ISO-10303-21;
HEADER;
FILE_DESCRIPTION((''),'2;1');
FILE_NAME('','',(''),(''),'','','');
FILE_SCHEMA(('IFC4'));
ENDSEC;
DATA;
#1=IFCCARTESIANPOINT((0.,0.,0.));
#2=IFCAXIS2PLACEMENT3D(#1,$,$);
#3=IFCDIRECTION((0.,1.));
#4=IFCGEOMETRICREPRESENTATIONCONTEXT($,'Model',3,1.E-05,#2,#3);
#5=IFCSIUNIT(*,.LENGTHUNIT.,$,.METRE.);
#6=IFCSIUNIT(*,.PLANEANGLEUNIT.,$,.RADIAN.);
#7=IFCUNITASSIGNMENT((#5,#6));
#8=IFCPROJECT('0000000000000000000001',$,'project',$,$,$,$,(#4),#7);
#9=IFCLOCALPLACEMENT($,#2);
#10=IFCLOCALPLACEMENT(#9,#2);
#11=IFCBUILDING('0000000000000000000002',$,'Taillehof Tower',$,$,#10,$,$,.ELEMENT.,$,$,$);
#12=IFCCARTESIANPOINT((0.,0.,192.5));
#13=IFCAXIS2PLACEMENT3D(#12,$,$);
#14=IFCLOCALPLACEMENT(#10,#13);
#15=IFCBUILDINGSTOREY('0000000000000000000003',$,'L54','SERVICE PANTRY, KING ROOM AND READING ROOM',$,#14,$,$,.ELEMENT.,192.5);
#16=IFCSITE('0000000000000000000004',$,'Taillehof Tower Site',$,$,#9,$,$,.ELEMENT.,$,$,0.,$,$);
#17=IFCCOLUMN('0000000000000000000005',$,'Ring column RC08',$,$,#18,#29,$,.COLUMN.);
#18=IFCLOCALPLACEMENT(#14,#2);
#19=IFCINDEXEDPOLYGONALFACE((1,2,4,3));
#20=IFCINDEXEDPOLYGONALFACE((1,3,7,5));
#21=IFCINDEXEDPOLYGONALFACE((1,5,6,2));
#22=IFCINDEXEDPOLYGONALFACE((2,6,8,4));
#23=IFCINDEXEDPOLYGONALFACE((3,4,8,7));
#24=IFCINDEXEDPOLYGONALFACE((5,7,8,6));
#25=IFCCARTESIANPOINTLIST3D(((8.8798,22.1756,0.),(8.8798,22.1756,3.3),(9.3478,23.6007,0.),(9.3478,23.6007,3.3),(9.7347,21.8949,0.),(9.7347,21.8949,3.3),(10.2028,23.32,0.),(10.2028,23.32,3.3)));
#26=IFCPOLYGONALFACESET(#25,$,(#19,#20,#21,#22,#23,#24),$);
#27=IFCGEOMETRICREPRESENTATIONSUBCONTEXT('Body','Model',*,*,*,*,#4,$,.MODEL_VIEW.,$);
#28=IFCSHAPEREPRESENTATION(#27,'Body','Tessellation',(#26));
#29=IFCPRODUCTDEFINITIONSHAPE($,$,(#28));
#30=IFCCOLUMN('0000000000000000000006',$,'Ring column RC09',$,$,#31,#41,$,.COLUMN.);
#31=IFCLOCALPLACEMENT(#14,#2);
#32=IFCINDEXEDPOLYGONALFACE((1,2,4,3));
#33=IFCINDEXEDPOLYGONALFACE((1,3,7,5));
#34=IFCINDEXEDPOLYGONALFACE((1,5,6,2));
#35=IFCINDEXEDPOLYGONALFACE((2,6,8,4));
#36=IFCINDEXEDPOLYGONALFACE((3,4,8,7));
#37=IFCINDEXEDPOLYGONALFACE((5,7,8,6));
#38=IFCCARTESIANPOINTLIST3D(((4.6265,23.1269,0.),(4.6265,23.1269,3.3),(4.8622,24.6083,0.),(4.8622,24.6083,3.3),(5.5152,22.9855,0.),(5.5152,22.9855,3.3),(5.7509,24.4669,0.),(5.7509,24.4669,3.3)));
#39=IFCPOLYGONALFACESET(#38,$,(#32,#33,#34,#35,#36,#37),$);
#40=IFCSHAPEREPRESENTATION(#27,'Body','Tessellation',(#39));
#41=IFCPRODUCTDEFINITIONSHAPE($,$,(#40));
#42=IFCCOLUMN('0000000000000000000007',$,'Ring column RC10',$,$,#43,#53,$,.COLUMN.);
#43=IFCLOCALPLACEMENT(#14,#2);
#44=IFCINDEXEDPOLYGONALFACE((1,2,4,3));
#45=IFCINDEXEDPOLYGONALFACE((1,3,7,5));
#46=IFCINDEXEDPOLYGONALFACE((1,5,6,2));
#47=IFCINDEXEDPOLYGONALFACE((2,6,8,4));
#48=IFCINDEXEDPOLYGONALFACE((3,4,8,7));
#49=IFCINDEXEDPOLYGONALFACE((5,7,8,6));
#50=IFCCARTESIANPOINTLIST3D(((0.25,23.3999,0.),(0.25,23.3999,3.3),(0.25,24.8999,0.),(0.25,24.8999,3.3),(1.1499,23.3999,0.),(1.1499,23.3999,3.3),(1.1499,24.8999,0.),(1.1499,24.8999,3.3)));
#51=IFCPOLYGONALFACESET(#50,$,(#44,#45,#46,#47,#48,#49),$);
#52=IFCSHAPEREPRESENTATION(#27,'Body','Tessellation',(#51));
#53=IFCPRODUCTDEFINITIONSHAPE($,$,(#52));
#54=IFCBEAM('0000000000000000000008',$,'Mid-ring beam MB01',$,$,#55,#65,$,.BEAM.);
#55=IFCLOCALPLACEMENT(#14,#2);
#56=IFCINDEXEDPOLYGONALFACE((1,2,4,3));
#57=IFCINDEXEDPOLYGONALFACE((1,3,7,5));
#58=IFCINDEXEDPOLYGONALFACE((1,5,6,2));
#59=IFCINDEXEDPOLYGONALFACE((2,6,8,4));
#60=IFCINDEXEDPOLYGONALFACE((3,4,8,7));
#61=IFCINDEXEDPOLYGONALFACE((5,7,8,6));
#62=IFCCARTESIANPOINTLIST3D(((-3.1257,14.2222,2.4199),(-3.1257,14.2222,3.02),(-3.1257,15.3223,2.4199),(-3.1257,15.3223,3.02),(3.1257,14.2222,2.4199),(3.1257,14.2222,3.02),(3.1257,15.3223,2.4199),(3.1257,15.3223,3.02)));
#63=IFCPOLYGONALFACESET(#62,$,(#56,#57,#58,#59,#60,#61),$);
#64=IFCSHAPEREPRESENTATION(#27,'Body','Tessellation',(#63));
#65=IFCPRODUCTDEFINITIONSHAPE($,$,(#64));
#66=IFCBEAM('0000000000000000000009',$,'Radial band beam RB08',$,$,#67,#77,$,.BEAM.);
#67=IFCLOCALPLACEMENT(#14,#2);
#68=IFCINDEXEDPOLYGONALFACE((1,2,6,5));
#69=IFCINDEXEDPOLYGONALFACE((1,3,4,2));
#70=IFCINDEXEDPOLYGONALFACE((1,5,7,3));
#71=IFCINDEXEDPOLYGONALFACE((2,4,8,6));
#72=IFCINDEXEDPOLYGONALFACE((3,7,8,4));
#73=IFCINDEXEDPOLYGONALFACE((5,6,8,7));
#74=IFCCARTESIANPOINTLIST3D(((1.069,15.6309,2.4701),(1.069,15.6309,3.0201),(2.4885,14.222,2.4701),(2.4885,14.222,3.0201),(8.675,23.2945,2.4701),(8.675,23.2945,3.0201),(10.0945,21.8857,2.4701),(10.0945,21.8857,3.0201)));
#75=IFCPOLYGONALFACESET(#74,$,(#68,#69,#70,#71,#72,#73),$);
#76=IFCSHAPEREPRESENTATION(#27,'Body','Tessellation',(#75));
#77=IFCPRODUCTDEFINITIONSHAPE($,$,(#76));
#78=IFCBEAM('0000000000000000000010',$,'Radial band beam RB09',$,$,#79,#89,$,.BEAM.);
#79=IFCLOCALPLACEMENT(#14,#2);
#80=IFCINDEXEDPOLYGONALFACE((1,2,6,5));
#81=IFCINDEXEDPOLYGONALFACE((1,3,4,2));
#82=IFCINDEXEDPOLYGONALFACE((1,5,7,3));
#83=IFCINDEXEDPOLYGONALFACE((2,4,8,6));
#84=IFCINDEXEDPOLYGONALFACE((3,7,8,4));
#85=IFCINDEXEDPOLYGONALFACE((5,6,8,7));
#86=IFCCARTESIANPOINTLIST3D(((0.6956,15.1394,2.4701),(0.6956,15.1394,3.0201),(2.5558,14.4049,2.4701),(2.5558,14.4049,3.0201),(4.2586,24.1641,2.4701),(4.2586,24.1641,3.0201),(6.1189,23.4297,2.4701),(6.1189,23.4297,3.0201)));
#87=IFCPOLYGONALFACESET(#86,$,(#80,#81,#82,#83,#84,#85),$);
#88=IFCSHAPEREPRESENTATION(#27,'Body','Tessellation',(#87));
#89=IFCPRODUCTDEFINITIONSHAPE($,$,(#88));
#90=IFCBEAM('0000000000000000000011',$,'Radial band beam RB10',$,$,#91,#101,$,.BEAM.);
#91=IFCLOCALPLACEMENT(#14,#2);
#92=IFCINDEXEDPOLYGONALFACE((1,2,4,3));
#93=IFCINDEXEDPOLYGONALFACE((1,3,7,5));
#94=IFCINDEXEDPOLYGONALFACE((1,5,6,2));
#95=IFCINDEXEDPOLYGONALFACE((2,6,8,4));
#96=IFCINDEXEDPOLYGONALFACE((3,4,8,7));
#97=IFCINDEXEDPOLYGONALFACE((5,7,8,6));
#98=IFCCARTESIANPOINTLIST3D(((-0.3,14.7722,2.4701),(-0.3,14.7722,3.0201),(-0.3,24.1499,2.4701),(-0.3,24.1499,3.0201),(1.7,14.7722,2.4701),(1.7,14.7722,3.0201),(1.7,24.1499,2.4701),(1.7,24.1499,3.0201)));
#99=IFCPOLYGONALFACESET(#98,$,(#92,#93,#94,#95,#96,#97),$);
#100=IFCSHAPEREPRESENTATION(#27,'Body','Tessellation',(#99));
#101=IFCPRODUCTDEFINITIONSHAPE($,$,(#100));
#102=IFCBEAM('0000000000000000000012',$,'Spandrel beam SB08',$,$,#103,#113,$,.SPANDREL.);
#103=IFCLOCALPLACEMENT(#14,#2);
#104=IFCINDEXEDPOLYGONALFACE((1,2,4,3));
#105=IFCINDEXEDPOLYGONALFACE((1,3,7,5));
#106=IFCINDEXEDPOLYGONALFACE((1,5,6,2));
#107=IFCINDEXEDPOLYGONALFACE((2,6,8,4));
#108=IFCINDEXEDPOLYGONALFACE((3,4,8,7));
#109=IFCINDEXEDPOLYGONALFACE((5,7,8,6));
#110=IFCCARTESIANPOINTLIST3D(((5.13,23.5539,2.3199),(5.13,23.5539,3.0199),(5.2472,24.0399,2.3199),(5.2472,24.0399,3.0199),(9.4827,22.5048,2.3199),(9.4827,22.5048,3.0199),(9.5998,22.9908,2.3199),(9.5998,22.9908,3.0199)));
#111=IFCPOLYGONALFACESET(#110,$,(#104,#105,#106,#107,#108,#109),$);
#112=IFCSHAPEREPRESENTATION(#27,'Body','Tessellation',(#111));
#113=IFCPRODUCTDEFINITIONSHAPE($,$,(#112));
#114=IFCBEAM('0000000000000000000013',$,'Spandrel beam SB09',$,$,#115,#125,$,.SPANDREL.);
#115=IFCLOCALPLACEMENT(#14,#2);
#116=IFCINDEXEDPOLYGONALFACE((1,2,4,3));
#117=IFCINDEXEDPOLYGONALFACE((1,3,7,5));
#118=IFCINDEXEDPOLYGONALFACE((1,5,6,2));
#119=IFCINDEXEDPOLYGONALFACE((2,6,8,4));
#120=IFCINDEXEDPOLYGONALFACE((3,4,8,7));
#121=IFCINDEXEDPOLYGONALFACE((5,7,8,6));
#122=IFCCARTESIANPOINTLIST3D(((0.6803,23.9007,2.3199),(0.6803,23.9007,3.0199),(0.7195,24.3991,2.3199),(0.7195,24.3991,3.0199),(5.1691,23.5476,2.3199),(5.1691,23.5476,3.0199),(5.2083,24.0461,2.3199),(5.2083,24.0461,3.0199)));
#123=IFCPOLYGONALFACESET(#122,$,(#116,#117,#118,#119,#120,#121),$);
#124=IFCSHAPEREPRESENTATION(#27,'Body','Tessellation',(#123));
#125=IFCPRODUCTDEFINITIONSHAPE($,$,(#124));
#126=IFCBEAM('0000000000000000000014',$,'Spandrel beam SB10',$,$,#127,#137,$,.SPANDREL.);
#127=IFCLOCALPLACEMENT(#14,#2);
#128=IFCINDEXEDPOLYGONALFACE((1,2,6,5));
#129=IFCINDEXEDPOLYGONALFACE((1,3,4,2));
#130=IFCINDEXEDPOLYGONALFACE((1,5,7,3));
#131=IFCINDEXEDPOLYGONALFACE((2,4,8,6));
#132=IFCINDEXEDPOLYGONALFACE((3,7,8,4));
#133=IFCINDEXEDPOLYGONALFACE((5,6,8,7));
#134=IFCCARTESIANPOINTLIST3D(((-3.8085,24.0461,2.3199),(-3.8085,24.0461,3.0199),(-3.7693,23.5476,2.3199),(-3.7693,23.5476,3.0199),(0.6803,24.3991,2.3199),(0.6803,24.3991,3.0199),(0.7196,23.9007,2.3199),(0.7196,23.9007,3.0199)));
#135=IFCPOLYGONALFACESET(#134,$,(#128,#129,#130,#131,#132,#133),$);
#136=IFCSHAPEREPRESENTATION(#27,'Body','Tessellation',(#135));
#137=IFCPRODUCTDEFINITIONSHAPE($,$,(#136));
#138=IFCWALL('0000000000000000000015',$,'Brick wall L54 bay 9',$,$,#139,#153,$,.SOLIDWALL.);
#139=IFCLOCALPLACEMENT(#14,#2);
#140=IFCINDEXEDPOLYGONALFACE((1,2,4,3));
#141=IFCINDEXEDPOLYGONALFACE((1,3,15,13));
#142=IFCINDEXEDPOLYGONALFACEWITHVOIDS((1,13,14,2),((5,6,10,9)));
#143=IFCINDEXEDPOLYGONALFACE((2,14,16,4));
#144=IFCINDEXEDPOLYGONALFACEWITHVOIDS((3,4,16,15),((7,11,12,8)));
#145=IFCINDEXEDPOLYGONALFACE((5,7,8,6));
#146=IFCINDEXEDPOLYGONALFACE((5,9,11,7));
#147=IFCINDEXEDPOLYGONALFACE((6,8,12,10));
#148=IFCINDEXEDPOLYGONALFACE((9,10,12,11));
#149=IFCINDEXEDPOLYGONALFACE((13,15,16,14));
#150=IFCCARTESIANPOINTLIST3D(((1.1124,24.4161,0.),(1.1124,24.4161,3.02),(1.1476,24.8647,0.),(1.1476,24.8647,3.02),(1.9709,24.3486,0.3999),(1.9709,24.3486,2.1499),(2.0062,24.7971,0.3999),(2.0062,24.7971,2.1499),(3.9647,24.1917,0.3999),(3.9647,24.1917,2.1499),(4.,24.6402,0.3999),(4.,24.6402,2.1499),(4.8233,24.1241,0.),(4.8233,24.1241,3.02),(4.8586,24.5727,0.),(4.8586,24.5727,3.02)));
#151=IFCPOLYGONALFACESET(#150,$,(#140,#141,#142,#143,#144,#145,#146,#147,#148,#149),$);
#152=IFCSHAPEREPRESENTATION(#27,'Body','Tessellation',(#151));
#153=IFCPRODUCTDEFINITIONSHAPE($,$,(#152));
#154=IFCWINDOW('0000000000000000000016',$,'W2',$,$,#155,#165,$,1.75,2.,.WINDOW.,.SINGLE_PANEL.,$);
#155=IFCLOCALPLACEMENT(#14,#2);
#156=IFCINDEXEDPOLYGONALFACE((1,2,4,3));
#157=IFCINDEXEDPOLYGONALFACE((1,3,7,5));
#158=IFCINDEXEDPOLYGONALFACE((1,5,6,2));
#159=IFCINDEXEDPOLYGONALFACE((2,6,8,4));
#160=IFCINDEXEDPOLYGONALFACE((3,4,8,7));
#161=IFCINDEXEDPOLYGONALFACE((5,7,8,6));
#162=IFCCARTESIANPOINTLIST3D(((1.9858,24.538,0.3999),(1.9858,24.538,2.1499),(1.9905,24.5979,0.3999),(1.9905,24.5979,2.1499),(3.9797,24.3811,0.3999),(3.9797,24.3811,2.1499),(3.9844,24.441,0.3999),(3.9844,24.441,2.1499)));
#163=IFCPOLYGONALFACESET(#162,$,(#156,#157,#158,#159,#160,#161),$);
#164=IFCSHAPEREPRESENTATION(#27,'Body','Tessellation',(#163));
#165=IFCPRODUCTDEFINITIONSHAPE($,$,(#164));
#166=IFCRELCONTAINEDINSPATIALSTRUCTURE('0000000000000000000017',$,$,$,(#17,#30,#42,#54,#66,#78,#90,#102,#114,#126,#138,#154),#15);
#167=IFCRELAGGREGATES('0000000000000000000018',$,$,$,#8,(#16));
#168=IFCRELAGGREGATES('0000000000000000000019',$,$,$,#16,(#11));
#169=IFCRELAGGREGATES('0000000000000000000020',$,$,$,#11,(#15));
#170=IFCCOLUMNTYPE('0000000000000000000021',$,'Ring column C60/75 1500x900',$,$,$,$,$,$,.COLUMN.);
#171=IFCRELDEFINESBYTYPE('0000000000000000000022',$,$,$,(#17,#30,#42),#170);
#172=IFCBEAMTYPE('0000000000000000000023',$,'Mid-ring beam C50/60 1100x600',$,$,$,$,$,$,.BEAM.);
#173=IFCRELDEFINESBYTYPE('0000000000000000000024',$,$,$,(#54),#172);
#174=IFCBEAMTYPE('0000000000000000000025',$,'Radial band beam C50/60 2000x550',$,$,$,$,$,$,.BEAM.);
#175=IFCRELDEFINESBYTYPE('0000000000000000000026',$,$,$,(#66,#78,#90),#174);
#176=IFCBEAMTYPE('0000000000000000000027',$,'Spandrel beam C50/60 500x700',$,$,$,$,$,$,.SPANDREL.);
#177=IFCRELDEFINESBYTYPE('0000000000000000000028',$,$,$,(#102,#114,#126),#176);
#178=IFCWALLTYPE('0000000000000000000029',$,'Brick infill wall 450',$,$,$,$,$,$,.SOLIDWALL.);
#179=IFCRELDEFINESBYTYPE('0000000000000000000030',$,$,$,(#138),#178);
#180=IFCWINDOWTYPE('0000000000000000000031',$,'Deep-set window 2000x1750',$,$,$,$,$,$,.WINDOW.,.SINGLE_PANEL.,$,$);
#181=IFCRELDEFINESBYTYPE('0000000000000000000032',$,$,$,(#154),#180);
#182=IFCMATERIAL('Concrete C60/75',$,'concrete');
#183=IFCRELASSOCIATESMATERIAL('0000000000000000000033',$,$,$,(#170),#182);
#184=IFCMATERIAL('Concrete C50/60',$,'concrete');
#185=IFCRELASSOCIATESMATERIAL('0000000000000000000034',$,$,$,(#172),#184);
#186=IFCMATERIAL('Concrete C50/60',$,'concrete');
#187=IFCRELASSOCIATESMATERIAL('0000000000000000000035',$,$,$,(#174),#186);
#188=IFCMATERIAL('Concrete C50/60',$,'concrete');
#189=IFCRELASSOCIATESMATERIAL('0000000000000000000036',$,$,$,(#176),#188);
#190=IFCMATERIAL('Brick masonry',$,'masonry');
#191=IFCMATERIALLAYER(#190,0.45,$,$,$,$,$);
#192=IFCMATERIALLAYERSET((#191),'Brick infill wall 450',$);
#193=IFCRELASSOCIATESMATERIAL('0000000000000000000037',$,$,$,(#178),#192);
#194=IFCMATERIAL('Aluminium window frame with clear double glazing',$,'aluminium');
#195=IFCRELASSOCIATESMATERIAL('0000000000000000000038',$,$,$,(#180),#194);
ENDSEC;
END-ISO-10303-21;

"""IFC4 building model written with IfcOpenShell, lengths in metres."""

from ifc_helpers import new_model, si_unit, direction, frame, frame_2d, origin, origin_2d, place, context, subcontext, project, spatial, rectangle, extrude, material, layer, layer_set, material_profile, profile_set, type_object, element, fill, save


model = new_model("IFC4")

# Units and contexts
model_context = context("Model", 3, precision=1e-05, world=origin(), true_north=direction((0.0, 1.0)))
body_context = subcontext(model_context, "Body", "Model", "MODEL_VIEW")
ifc_project = project(units=[si_unit("LENGTHUNIT", "METRE"), si_unit("PLANEANGLEUNIT", "RADIAN")], contexts=[model_context])

# Site, building, storey
site_placement = place(None, origin())
site = spatial("IfcSite", under=ifc_project, at=site_placement, Name="Taillehof Tower Site", CompositionType="ELEMENT", RefElevation=0.0)
building_placement = place(site_placement, origin())
building = spatial("IfcBuilding", under=site, at=building_placement, Name="Taillehof Tower", CompositionType="ELEMENT")
storey_placement = place(building_placement, frame((0.0, 0.0, 192.5)))
storey = spatial("IfcBuildingStorey", under=building, at=storey_placement, Name="L54", Description="SERVICE PANTRY, KING ROOM AND READING ROOM", CompositionType="ELEMENT", Elevation=192.5)

# Columns
ifc_material_1 = material(Name="Concrete C60/75", Category="concrete")
ifc_material_profile_1 = material_profile(ifc_material_1, rectangle(XDim=1.5, YDim=0.8999, at=origin_2d()), Name="RC 1500x900")
ifc_profile_set_1 = profile_set([ifc_material_profile_1], Name="Concrete C60/75")
column_type = type_object("IfcColumnType", Name="Ring column C60/75 1500x900", PredefinedType="COLUMN", material=ifc_profile_set_1)
for number, where, z_axis, x_axis, name in (
    (1, (9.5413, 22.7478, 0.0), (0.0, 0.0, 1.0), (0.312001, 0.950082, 0.0), "Ring column RC08"),
    (2, (5.1887, 23.7969, 0.0), (0.0, 0.0, 1.0), (0.157116, 0.98758, 0.0), "Ring column RC09"),
    (3, (0.7, 24.1499, 0.0), (0.0, 0.0, 1.0), (0.0, 1.0, 0.0), "Ring column RC10"),
):
    element("IfcColumn", number, at=place(storey_placement, frame(where, z_axis=z_axis, x_axis=x_axis)), inside=storey, type_object=column_type, Name=name, PredefinedType="COLUMN", context=body_context, shape_type="SweptSolid", body=[
        extrude(rectangle(XDim=1.5, YDim=0.8999, at=origin_2d()), origin(), (0.0, 0.0, 1.0), 3.3),
    ])

# Beams
ifc_material_2 = material(Name="Concrete C50/60", Category="concrete")
ifc_material_profile_2 = material_profile(ifc_material_2, rectangle(XDim=1.1001, YDim=0.6001, at=origin_2d()), Name="RC 1100x600")
ifc_profile_set_2 = profile_set([ifc_material_profile_2], Name="Concrete C50/60")
beam_type_1 = type_object("IfcBeamType", Name="Mid-ring beam C50/60 1100x600", PredefinedType="BEAM", material=ifc_profile_set_2)
beam_1_placement = place(storey_placement, frame((3.1257, 14.7722, 2.72), z_axis=(-1.0, 0.0, 0.0), x_axis=(0.0, -1.0, 0.0)))
element("IfcBeam", 4, at=beam_1_placement, inside=storey, type_object=beam_type_1, Name="Mid-ring beam MB01", PredefinedType="BEAM", context=body_context, shape_type="SweptSolid", body=[
    extrude(rectangle(XDim=1.1001, YDim=0.6001, at=origin_2d()), origin(), (0.0, 0.0, 1.0), 6.2515),
])
ifc_material_3 = material(Name="Concrete C50/60", Category="concrete")
ifc_material_profile_3 = material_profile(ifc_material_3, rectangle(XDim=2.0, YDim=0.55, at=origin_2d()), Name="RC 2000x550")
ifc_profile_set_3 = profile_set([ifc_material_profile_3], Name="Concrete C50/60")
beam_type_2 = type_object("IfcBeamType", Name="Radial band beam C50/60 2000x550", PredefinedType="BEAM", material=ifc_profile_set_3)
beam_2_placement = place(storey_placement, frame((9.3848, 22.5901, 2.7451), z_axis=(-0.704434, -0.70977, 0.0), x_axis=(0.70977, -0.704434, 0.0)))
element("IfcBeam", 5, at=beam_2_placement, inside=storey, type_object=beam_type_2, Name="Radial band beam RB08", PredefinedType="BEAM", context=body_context, shape_type="SweptSolid", body=[
    extrude(rectangle(XDim=2.0, YDim=0.55, at=origin_2d()), origin(), (0.0, 0.0, 1.0), 10.7974),
])
beam_3_placement = place(storey_placement, frame((5.1887, 23.7969, 2.7451), z_axis=(-0.367222, -0.930133, 0.0), x_axis=(0.930133, -0.367222, 0.0)))
element("IfcBeam", 6, at=beam_3_placement, inside=storey, type_object=beam_type_2, Name="Radial band beam RB09", PredefinedType="BEAM", context=body_context, shape_type="SweptSolid", body=[
    extrude(rectangle(XDim=2.0, YDim=0.55, at=origin_2d()), origin(), (0.0, 0.0, 1.0), 9.7026),
])
beam_4_placement = place(storey_placement, frame((0.7, 24.1499, 2.7451), z_axis=(0.0, -1.0, 0.0), x_axis=(1.0, 0.0, 0.0)))
element("IfcBeam", 7, at=beam_4_placement, inside=storey, type_object=beam_type_2, Name="Radial band beam RB10", PredefinedType="BEAM", context=body_context, shape_type="SweptSolid", body=[
    extrude(rectangle(XDim=2.0, YDim=0.55, at=origin_2d()), origin(), (0.0, 0.0, 1.0), 9.3777),
])
ifc_material_4 = material(Name="Concrete C50/60", Category="concrete")
ifc_material_profile_4 = material_profile(ifc_material_4, rectangle(XDim=0.5, YDim=0.7, at=origin_2d()), Name="RC 500x700")
ifc_profile_set_4 = profile_set([ifc_material_profile_4], Name="Concrete C50/60")
beam_type_3 = type_object("IfcBeamType", Name="Spandrel beam C50/60 500x700", PredefinedType="SPANDREL", material=ifc_profile_set_4)
beam_5_placement = place(storey_placement, frame((9.5413, 22.7478, 2.6699), z_axis=(-0.972161, 0.234315, 0.0), x_axis=(-0.234315, -0.972161, 0.0)))
element("IfcBeam", 8, at=beam_5_placement, inside=storey, type_object=beam_type_3, Name="Spandrel beam SB08", PredefinedType="SPANDREL", context=body_context, shape_type="SweptSolid", body=[
    extrude(rectangle(XDim=0.5, YDim=0.7, at=origin_2d()), origin(), (0.0, 0.0, 1.0), 4.4773),
])
for number, where, z_axis, x_axis, name in (
    (9, (5.1887, 23.7969, 2.6699), (-0.996922, 0.078405, 0.0), (-0.078405, -0.996922, 0.0), "Spandrel beam SB09"),
    (10, (0.7, 24.1499, 2.6699), (-0.996922, -0.078405, 0.0), (0.078405, -0.996922, 0.0), "Spandrel beam SB10"),
):
    element("IfcBeam", number, at=place(storey_placement, frame(where, z_axis=z_axis, x_axis=x_axis)), inside=storey, type_object=beam_type_3, Name=name, PredefinedType="SPANDREL", context=body_context, shape_type="SweptSolid", body=[
        extrude(rectangle(XDim=0.5, YDim=0.7, at=origin_2d()), origin(), (0.0, 0.0, 1.0), 4.5027),
    ])

# Wall, opening, window
ifc_material_5 = material(Name="Brick masonry", Category="masonry")
ifc_layer_1 = layer(ifc_material_5, 0.45)
ifc_layer_set_1 = layer_set([ifc_layer_1], Name="Brick infill wall 450")
wall_type_1 = type_object("IfcWallType", Name="Brick infill wall 450", PredefinedType="SOLIDWALL", material=ifc_layer_set_1)
wall_1_placement = place(storey_placement, frame((4.8411, 24.3484, 0.0), z_axis=(0.0, 0.0, 1.0), x_axis=(-0.996919, 0.078442, 0.0)))
wall_1 = element("IfcWall", 11, at=wall_1_placement, inside=storey, type_object=wall_type_1, Name="Brick wall L54 bay 9", PredefinedType="SOLIDWALL", context=body_context, shape_type="SweptSolid", body=[
    extrude(rectangle(XDim=3.7224, YDim=0.45, at=frame_2d((1.8613, 0.0))), origin(), (0.0, 0.0, 1.0), 3.02),
])
opening_1_placement = place(wall_1_placement, frame((0.8613, 0.0, 0.3999)))
opening_1 = element("IfcOpeningElement", 12, at=opening_1_placement, cuts=wall_1, PredefinedType="OPENING", context=body_context, shape_type="SweptSolid", body=[
    extrude(rectangle(XDim=2.0, YDim=1.75, at=frame_2d((1.0, 0.875))), frame((0.0, 0.2349, 0.0), z_axis=(0.0, -1.0, 0.0), x_axis=(1.0, 0.0, 0.0)), (0.0, 0.0, 1.0), 0.47),
])
ifc_material_6 = material(Name="Aluminium window frame with clear double glazing", Category="aluminium")
window_type_1 = type_object("IfcWindowType", Name="Deep-set window 2000x1750", PartitioningType="SINGLE_PANEL", PredefinedType="WINDOW", material=ifc_material_6)
window_1_placement = place(opening_1_placement, origin())
window_1 = element("IfcWindow", 13, at=window_1_placement, inside=storey, type_object=window_type_1, Name="W2", OverallHeight=1.75, OverallWidth=2.0, PartitioningType="SINGLE_PANEL", PredefinedType="WINDOW", context=body_context, shape_type="SweptSolid", body=[
    extrude(rectangle(XDim=2.0, YDim=1.75, at=frame_2d((1.0, 0.875))), frame((0.0, 0.0349, 0.0), z_axis=(0.0, -1.0, 0.0), x_axis=(1.0, 0.0, 0.0)), (0.0, 0.0, 1.0), 0.0601),
])
fill(opening_1, window_1)

save(model, "model.ifc")
